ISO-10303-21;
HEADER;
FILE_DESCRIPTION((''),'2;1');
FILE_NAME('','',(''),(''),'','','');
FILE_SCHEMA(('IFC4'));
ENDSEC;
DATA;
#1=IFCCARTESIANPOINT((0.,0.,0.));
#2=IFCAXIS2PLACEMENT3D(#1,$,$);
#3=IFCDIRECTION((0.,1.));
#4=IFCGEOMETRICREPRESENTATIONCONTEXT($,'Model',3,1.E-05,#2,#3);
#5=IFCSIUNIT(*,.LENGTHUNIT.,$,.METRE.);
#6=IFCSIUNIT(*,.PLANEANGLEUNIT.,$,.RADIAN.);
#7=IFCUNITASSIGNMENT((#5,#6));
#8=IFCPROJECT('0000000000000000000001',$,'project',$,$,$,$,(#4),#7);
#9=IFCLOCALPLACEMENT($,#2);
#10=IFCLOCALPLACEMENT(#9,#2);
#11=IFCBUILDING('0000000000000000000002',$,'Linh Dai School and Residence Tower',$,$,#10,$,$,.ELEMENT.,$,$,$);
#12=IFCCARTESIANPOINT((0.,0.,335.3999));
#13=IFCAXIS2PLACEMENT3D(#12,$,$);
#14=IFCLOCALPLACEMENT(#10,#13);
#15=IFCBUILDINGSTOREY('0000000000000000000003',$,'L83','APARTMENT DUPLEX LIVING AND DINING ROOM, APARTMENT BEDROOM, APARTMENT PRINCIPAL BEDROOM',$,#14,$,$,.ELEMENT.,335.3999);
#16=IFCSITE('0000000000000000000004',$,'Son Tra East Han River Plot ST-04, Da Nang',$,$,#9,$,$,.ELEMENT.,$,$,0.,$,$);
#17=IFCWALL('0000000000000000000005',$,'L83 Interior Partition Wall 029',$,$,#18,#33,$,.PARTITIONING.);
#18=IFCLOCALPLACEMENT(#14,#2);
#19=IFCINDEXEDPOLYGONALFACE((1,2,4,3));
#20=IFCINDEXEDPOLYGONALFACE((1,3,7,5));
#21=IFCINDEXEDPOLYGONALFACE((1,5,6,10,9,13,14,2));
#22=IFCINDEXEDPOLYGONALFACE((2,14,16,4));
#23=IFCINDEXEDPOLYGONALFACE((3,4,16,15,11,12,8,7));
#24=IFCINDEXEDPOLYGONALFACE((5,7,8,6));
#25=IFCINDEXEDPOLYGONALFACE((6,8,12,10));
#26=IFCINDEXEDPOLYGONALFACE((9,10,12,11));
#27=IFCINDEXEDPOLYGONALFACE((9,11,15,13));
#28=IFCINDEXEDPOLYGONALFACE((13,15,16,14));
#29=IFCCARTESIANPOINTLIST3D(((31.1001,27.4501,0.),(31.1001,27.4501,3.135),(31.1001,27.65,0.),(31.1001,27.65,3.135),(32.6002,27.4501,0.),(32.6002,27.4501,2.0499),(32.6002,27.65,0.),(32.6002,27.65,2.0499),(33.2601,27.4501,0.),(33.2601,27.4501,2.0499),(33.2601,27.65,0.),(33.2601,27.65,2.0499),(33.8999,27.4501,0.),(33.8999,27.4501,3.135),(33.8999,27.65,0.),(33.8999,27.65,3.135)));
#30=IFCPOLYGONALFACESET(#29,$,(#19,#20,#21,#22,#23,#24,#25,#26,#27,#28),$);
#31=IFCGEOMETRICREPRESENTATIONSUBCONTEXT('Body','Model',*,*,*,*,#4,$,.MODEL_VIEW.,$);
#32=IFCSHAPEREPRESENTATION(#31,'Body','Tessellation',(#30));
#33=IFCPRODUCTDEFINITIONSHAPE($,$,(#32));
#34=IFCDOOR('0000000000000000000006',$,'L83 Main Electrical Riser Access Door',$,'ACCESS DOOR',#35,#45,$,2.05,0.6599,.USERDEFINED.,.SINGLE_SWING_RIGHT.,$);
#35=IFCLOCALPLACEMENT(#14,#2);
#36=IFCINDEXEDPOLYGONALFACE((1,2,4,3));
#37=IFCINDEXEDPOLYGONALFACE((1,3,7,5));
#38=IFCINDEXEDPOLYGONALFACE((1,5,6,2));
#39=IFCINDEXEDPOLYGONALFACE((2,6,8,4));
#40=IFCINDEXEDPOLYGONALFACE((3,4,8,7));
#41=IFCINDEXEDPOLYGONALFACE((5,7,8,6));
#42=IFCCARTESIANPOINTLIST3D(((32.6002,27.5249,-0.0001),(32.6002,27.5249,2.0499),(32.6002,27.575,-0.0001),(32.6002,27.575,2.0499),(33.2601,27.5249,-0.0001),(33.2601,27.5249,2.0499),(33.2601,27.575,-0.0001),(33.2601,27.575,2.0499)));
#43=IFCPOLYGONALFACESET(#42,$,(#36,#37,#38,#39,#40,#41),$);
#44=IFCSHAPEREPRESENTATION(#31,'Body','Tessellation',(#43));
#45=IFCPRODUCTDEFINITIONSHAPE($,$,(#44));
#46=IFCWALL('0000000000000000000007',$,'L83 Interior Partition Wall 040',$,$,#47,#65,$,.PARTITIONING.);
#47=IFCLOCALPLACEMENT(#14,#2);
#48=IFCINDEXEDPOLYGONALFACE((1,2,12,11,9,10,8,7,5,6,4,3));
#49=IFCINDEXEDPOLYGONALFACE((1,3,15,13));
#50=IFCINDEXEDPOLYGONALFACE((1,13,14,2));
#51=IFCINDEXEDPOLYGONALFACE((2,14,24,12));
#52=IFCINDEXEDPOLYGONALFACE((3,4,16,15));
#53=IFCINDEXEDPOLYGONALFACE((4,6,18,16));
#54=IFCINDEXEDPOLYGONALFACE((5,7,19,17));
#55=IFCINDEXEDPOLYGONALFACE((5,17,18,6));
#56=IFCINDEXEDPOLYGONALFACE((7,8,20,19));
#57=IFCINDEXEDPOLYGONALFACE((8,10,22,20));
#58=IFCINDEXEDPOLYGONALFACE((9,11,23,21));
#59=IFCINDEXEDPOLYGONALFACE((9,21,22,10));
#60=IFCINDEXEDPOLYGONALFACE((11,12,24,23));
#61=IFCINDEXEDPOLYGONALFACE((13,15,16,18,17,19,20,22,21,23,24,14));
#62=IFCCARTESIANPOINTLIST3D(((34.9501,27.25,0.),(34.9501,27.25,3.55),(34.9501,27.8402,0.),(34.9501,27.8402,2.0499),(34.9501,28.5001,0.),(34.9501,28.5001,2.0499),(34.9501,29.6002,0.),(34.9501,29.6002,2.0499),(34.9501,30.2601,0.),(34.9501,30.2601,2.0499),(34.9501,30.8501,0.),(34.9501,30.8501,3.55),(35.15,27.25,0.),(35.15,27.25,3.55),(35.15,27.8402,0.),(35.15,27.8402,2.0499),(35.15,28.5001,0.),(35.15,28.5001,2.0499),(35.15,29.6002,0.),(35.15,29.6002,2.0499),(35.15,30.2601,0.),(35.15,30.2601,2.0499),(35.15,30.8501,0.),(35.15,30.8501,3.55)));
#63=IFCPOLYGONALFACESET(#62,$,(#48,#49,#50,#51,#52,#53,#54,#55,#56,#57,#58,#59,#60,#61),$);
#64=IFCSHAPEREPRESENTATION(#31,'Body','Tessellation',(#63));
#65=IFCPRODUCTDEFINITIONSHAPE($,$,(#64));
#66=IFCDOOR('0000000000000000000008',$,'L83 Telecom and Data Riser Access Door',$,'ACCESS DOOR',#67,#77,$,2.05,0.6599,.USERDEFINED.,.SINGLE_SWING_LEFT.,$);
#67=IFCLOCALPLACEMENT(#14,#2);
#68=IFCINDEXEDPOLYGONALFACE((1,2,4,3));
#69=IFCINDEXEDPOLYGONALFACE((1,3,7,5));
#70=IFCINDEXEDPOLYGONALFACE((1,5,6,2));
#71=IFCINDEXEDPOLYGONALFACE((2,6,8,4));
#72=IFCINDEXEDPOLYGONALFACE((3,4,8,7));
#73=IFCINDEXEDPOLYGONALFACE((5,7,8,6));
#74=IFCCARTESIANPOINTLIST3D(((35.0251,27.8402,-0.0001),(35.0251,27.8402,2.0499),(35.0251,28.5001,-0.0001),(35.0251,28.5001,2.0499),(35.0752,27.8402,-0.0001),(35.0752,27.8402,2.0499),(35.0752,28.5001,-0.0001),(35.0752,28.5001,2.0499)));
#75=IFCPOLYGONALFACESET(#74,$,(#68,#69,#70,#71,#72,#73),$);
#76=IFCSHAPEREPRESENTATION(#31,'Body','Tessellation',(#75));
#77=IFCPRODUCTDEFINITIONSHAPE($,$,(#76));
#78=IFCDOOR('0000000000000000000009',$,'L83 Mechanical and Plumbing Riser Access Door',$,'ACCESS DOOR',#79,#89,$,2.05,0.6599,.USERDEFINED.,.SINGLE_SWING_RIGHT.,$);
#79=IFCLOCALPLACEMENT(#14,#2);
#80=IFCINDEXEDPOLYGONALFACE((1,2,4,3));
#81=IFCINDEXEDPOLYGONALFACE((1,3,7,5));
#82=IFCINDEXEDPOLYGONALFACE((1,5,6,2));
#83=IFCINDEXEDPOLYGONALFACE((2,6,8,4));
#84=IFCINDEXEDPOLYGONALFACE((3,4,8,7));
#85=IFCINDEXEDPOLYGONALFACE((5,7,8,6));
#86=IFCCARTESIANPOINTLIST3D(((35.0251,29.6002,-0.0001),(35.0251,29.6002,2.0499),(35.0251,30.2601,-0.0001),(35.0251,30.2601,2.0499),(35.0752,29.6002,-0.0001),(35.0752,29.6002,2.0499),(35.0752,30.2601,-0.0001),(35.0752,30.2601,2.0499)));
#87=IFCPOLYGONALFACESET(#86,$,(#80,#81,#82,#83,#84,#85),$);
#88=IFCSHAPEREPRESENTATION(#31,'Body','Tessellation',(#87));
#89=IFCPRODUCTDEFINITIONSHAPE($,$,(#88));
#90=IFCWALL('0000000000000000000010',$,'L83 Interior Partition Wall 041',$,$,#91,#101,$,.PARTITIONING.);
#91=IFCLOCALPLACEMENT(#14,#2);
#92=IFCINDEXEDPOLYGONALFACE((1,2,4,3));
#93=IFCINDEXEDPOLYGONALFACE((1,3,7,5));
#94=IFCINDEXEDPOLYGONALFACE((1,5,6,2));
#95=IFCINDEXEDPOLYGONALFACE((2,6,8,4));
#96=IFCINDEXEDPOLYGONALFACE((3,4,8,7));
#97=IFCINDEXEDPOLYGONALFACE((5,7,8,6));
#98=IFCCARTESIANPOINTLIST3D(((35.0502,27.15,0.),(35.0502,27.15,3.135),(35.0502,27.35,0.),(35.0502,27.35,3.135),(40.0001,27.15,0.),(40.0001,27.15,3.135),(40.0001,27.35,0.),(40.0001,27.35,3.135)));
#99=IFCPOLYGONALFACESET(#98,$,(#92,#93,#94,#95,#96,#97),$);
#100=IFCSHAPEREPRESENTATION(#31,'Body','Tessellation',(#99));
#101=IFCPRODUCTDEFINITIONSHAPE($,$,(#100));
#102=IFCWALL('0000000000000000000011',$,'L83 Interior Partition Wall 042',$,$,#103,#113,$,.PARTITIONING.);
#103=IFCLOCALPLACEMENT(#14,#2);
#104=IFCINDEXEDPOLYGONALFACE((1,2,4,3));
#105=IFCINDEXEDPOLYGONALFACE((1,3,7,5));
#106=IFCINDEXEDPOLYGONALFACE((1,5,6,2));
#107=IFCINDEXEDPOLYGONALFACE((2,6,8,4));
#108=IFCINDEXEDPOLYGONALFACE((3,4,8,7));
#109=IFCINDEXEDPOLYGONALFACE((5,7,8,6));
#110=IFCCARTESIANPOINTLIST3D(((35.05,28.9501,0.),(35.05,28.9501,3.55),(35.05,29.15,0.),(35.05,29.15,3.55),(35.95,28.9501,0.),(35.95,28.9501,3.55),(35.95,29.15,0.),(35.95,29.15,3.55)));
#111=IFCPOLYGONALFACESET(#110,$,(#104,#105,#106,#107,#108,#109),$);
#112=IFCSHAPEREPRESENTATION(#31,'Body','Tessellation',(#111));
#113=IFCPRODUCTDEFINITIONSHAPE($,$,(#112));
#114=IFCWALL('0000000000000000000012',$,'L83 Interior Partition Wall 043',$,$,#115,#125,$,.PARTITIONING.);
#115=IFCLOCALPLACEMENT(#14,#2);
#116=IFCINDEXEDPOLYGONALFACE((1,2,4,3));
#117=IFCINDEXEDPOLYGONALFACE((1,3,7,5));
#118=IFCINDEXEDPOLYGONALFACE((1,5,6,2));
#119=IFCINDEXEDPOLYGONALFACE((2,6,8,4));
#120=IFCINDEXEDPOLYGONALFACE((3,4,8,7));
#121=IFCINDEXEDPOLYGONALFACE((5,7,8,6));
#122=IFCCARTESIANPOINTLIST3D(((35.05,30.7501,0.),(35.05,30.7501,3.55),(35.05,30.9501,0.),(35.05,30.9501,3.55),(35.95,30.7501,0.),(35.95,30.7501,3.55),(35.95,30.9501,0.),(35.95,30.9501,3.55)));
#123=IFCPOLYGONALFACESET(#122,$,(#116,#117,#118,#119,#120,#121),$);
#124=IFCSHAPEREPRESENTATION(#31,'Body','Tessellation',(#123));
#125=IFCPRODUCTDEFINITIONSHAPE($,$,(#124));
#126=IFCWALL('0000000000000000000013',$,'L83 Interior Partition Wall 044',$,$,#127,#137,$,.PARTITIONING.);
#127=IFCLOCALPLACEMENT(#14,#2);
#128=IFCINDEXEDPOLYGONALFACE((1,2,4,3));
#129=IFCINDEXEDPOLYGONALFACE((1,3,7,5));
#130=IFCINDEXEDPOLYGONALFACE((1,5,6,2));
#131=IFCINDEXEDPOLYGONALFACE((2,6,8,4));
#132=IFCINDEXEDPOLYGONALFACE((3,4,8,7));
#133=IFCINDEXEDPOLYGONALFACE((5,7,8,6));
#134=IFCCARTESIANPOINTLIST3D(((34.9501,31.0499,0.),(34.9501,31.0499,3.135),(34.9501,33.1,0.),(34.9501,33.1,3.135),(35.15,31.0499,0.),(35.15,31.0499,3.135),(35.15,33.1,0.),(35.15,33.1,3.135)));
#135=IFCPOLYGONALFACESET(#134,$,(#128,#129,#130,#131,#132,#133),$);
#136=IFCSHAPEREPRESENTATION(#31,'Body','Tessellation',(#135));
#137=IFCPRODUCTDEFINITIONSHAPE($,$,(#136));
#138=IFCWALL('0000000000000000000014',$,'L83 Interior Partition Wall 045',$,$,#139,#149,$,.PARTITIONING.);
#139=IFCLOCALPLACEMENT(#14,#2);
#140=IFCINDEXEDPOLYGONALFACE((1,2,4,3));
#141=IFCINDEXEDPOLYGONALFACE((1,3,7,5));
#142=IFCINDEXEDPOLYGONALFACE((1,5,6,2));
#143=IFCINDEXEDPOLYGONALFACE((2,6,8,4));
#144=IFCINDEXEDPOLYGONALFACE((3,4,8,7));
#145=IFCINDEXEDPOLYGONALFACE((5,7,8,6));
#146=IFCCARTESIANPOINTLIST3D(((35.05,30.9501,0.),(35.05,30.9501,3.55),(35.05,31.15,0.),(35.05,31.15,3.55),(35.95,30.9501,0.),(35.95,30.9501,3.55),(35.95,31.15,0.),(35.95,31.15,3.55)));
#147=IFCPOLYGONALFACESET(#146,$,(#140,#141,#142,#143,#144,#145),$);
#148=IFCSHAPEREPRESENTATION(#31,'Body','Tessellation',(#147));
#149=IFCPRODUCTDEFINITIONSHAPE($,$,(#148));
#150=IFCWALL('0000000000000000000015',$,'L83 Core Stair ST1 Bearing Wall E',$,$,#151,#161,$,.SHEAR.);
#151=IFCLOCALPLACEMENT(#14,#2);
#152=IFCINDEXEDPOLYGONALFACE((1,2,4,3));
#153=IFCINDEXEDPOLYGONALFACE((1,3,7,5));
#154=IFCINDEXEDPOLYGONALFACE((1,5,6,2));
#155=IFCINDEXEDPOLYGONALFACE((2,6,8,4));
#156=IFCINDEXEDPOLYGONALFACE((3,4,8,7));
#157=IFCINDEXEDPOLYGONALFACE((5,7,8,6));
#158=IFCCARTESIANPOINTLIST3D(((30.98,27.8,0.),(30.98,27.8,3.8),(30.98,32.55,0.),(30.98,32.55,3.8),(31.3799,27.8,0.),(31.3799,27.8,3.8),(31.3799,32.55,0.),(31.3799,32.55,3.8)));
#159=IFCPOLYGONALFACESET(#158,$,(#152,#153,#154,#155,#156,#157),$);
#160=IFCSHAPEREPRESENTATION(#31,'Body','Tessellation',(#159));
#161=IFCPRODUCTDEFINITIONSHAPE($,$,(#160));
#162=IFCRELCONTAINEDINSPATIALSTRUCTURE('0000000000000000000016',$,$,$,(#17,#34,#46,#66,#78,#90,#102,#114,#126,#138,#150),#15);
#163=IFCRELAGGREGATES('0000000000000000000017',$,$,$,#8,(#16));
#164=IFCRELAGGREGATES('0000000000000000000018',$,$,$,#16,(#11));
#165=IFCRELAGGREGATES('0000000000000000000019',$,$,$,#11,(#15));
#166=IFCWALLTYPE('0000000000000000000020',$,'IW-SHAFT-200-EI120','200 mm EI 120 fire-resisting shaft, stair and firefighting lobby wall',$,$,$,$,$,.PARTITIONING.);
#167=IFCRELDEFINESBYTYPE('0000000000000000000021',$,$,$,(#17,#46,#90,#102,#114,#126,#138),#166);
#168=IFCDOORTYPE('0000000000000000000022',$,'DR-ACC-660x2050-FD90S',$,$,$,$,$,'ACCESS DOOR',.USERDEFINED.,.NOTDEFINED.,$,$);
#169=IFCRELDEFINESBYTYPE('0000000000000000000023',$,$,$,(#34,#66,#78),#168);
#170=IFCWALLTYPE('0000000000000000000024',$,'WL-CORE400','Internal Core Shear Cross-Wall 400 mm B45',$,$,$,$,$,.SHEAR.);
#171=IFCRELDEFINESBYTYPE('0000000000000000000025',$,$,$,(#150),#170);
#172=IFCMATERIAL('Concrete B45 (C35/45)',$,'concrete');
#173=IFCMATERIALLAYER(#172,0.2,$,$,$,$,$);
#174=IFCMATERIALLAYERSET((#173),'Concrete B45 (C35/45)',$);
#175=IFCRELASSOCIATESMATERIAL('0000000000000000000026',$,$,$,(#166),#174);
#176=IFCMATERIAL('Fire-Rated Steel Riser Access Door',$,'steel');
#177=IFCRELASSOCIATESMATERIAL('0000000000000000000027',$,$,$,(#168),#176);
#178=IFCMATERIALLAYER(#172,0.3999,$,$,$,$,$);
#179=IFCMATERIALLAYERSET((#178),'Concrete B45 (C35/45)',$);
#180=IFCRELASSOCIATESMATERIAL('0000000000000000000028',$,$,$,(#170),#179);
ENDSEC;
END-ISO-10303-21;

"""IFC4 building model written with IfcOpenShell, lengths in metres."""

from ifc_helpers import new_model, si_unit, direction, frame, frame_2d, origin, origin_2d, place, context, subcontext, project, spatial, rectangle, extrude, source, transform, mapped, material, layer, layer_set, type_object, element, fill, save


model = new_model("IFC4")

# Units and contexts
model_context = context("Model", 3, precision=1e-05, world=origin(), true_north=direction((0.0, 1.0)))
body_context = subcontext(model_context, "Body", "Model", "MODEL_VIEW")
ifc_project = project(units=[si_unit("LENGTHUNIT", "METRE"), si_unit("PLANEANGLEUNIT", "RADIAN")], contexts=[model_context])

# Site, building, storey
site_placement = place(None, origin())
site = spatial("IfcSite", under=ifc_project, at=site_placement, Name="Son Tra East Han River Plot ST-04, Da Nang", CompositionType="ELEMENT", RefElevation=0.0)
building_placement = place(site_placement, origin())
building = spatial("IfcBuilding", under=site, at=building_placement, Name="Linh Dai School and Residence Tower", CompositionType="ELEMENT")
storey_placement = place(building_placement, frame((0.0, 0.0, 335.3999)))
storey = spatial("IfcBuildingStorey", under=building, at=storey_placement, Name="L83", Description="APARTMENT DUPLEX LIVING AND DINING ROOM, APARTMENT BEDROOM, APARTMENT PRINCIPAL BEDROOM", CompositionType="ELEMENT", Elevation=335.3999)

# Wall, opening, door
ifc_material_1 = material(Name="Concrete B45 (C35/45)", Category="concrete")
ifc_layer_1 = layer(ifc_material_1, 0.2)
ifc_layer_set_1 = layer_set([ifc_layer_1], Name="Concrete B45 (C35/45)")
wall_type_1 = type_object("IfcWallType", Name="IW-SHAFT-200-EI120", Description="200 mm EI 120 fire-resisting shaft, stair and firefighting lobby wall", PredefinedType="PARTITIONING", material=ifc_layer_set_1)
wall_1_placement = place(storey_placement, frame((31.1001, 27.55, 0.0), z_axis=(0.0, 0.0, 1.0), x_axis=(1.0, 0.0, 0.0)))
wall_1 = element("IfcWall", 1, at=wall_1_placement, inside=storey, type_object=wall_type_1, Name="L83 Interior Partition Wall 029", PredefinedType="PARTITIONING", context=body_context, shape_type="SweptSolid", body=[
    extrude(rectangle(XDim=2.7998, YDim=0.2, at=frame_2d((1.3999, 0.0))), origin(), (0.0, 0.0, 1.0), 3.135),
])
opening_1_placement = place(wall_1_placement, frame((1.5, 0.0, 0.0)))
opening_1 = element("IfcOpeningElement", 2, at=opening_1_placement, cuts=wall_1, PredefinedType="OPENING", context=body_context, shape_type="SweptSolid", body=[
    extrude(rectangle(XDim=0.6599, YDim=2.05, at=origin_2d()), frame((0.3301, 0.1099, 1.0249), z_axis=(0.0, -1.0, 0.0), x_axis=(1.0, 0.0, 0.0)), (0.0, 0.0, 1.0), 0.22),
])
ifc_material_2 = material(Name="Fire-Rated Steel Riser Access Door", Category="steel")
door_type_1 = type_object("IfcDoorType", Name="DR-ACC-660x2050-FD90S", ElementType="ACCESS DOOR", OperationType="NOTDEFINED", PredefinedType="USERDEFINED", material=ifc_material_2)
shared_shape_1 = source(origin(), body_context, "Body", "SweptSolid", [
    extrude(rectangle(XDim=0.6599, YDim=2.05, at=origin_2d()), frame((0.3301, 0.0249, 1.0249), z_axis=(0.0, -1.0, 0.0), x_axis=(1.0, 0.0, 0.0)), (0.0, 0.0, 1.0), 0.05),
])
door_1_placement = place(opening_1_placement, origin())
door_1 = element("IfcDoor", 3, at=door_1_placement, inside=storey, type_object=door_type_1, Name="L83 Main Electrical Riser Access Door", ObjectType="ACCESS DOOR", OperationType="SINGLE_SWING_RIGHT", OverallHeight=2.05, OverallWidth=0.6599, PredefinedType="USERDEFINED", context=body_context, shape_type="MappedRepresentation", body=[
    mapped(shared_shape_1, transform((0.0, 0.0, 0.0), x_axis=(1.0, 0.0, 0.0), y_axis=(0.0, 1.0, 0.0), z_axis=(0.0, 0.0, 1.0), scale=1.0)),
])
fill(opening_1, door_1)

# Wall, openings, doors
wall_2_placement = place(storey_placement, frame((35.05, 27.25, 0.0), z_axis=(0.0, 0.0, 1.0), x_axis=(0.0, 1.0, 0.0)))
wall_2 = element("IfcWall", 4, at=wall_2_placement, inside=storey, type_object=wall_type_1, Name="L83 Interior Partition Wall 040", PredefinedType="PARTITIONING", context=body_context, shape_type="SweptSolid", body=[
    extrude(rectangle(XDim=3.6001, YDim=0.2, at=frame_2d((1.8, 0.0))), origin(), (0.0, 0.0, 1.0), 3.55),
])
opening_2_placement = place(wall_2_placement, frame((0.5901, 0.0, 0.0)))
opening_2 = element("IfcOpeningElement", 5, at=opening_2_placement, cuts=wall_2, PredefinedType="OPENING", context=body_context, shape_type="SweptSolid", body=[
    extrude(rectangle(XDim=0.6599, YDim=2.05, at=origin_2d()), frame((0.3301, 0.1099, 1.0249), z_axis=(0.0, -1.0, 0.0), x_axis=(1.0, 0.0, 0.0)), (0.0, 0.0, 1.0), 0.22),
])
opening_3_placement = place(wall_2_placement, frame((2.3501, 0.0, 0.0)))
opening_3 = element("IfcOpeningElement", 6, at=opening_3_placement, cuts=wall_2, PredefinedType="OPENING", context=body_context, shape_type="SweptSolid", body=[
    extrude(rectangle(XDim=0.6599, YDim=2.05, at=origin_2d()), frame((0.3301, 0.1099, 1.0249), z_axis=(0.0, -1.0, 0.0), x_axis=(1.0, 0.0, 0.0)), (0.0, 0.0, 1.0), 0.22),
])
door_2_placement = place(opening_2_placement, origin())
door_2 = element("IfcDoor", 7, at=door_2_placement, inside=storey, type_object=door_type_1, Name="L83 Telecom and Data Riser Access Door", ObjectType="ACCESS DOOR", OperationType="SINGLE_SWING_LEFT", OverallHeight=2.05, OverallWidth=0.6599, PredefinedType="USERDEFINED", context=body_context, shape_type="MappedRepresentation", body=[
    mapped(shared_shape_1, transform((0.0, 0.0, 0.0), x_axis=(1.0, 0.0, 0.0), y_axis=(0.0, 1.0, 0.0), z_axis=(0.0, 0.0, 1.0), scale=1.0)),
])
fill(opening_2, door_2)
door_3_placement = place(opening_3_placement, origin())
door_3 = element("IfcDoor", 8, at=door_3_placement, inside=storey, type_object=door_type_1, Name="L83 Mechanical and Plumbing Riser Access Door", ObjectType="ACCESS DOOR", OperationType="SINGLE_SWING_RIGHT", OverallHeight=2.05, OverallWidth=0.6599, PredefinedType="USERDEFINED", context=body_context, shape_type="MappedRepresentation", body=[
    mapped(shared_shape_1, transform((0.0, 0.0, 0.0), x_axis=(1.0, 0.0, 0.0), y_axis=(0.0, 1.0, 0.0), z_axis=(0.0, 0.0, 1.0), scale=1.0)),
])
fill(opening_3, door_3)

# Walls
wall_3_placement = place(storey_placement, frame((35.05, 27.25, 0.0), z_axis=(0.0, 0.0, 1.0), x_axis=(1.0, 0.0, 0.0)))
element("IfcWall", 9, at=wall_3_placement, inside=storey, type_object=wall_type_1, Name="L83 Interior Partition Wall 041", PredefinedType="PARTITIONING", context=body_context, shape_type="SweptSolid", body=[
    extrude(rectangle(XDim=4.95, YDim=0.2, at=frame_2d((2.4751, 0.0))), origin(), (0.0, 0.0, 1.0), 3.135),
])
for number, where, z_axis, x_axis, name in (
    (10, (35.05, 29.05, 0.0), (0.0, 0.0, 1.0), (1.0, 0.0, 0.0), "L83 Interior Partition Wall 042"),
    (11, (35.05, 30.8501, 0.0), (0.0, 0.0, 1.0), (1.0, 0.0, 0.0), "L83 Interior Partition Wall 043"),
):
    element("IfcWall", number, at=place(storey_placement, frame(where, z_axis=z_axis, x_axis=x_axis)), inside=storey, type_object=wall_type_1, Name=name, PredefinedType="PARTITIONING", context=body_context, shape_type="SweptSolid", body=[
        extrude(rectangle(XDim=0.8999, YDim=0.2, at=frame_2d((0.45, 0.0))), origin(), (0.0, 0.0, 1.0), 3.55),
    ])
wall_4_placement = place(storey_placement, frame((35.05, 31.05, 0.0), z_axis=(0.0, 0.0, 1.0), x_axis=(0.0, 1.0, 0.0)))
element("IfcWall", 12, at=wall_4_placement, inside=storey, type_object=wall_type_1, Name="L83 Interior Partition Wall 044", PredefinedType="PARTITIONING", context=body_context, shape_type="SweptSolid", body=[
    extrude(rectangle(XDim=2.05, YDim=0.2, at=frame_2d((1.0249, 0.0))), origin(), (0.0, 0.0, 1.0), 3.135),
])
wall_5_placement = place(storey_placement, frame((35.05, 31.05, 0.0), z_axis=(0.0, 0.0, 1.0), x_axis=(1.0, 0.0, 0.0)))
element("IfcWall", 13, at=wall_5_placement, inside=storey, type_object=wall_type_1, Name="L83 Interior Partition Wall 045", PredefinedType="PARTITIONING", context=body_context, shape_type="SweptSolid", body=[
    extrude(rectangle(XDim=0.8999, YDim=0.2, at=frame_2d((0.45, 0.0))), origin(), (0.0, 0.0, 1.0), 3.55),
])
ifc_layer_2 = layer(ifc_material_1, 0.3999)
ifc_layer_set_2 = layer_set([ifc_layer_2], Name="Concrete B45 (C35/45)")
wall_type_2 = type_object("IfcWallType", Name="WL-CORE400", Description="Internal Core Shear Cross-Wall 400 mm B45", PredefinedType="SHEAR", material=ifc_layer_set_2)
wall_6_placement = place(storey_placement, frame((31.1799, 27.8, 0.0), z_axis=(0.0, 0.0, 1.0), x_axis=(0.0, 1.0, 0.0)))
element("IfcWall", 14, at=wall_6_placement, inside=storey, type_object=wall_type_2, Name="L83 Core Stair ST1 Bearing Wall E", PredefinedType="SHEAR", context=body_context, shape_type="SweptSolid", body=[
    extrude(rectangle(XDim=4.75, YDim=0.3999, at=frame_2d((2.375, 0.0))), origin(), (0.0, 0.0, 1.0), 3.8),
])

save(model, "model.ifc")
